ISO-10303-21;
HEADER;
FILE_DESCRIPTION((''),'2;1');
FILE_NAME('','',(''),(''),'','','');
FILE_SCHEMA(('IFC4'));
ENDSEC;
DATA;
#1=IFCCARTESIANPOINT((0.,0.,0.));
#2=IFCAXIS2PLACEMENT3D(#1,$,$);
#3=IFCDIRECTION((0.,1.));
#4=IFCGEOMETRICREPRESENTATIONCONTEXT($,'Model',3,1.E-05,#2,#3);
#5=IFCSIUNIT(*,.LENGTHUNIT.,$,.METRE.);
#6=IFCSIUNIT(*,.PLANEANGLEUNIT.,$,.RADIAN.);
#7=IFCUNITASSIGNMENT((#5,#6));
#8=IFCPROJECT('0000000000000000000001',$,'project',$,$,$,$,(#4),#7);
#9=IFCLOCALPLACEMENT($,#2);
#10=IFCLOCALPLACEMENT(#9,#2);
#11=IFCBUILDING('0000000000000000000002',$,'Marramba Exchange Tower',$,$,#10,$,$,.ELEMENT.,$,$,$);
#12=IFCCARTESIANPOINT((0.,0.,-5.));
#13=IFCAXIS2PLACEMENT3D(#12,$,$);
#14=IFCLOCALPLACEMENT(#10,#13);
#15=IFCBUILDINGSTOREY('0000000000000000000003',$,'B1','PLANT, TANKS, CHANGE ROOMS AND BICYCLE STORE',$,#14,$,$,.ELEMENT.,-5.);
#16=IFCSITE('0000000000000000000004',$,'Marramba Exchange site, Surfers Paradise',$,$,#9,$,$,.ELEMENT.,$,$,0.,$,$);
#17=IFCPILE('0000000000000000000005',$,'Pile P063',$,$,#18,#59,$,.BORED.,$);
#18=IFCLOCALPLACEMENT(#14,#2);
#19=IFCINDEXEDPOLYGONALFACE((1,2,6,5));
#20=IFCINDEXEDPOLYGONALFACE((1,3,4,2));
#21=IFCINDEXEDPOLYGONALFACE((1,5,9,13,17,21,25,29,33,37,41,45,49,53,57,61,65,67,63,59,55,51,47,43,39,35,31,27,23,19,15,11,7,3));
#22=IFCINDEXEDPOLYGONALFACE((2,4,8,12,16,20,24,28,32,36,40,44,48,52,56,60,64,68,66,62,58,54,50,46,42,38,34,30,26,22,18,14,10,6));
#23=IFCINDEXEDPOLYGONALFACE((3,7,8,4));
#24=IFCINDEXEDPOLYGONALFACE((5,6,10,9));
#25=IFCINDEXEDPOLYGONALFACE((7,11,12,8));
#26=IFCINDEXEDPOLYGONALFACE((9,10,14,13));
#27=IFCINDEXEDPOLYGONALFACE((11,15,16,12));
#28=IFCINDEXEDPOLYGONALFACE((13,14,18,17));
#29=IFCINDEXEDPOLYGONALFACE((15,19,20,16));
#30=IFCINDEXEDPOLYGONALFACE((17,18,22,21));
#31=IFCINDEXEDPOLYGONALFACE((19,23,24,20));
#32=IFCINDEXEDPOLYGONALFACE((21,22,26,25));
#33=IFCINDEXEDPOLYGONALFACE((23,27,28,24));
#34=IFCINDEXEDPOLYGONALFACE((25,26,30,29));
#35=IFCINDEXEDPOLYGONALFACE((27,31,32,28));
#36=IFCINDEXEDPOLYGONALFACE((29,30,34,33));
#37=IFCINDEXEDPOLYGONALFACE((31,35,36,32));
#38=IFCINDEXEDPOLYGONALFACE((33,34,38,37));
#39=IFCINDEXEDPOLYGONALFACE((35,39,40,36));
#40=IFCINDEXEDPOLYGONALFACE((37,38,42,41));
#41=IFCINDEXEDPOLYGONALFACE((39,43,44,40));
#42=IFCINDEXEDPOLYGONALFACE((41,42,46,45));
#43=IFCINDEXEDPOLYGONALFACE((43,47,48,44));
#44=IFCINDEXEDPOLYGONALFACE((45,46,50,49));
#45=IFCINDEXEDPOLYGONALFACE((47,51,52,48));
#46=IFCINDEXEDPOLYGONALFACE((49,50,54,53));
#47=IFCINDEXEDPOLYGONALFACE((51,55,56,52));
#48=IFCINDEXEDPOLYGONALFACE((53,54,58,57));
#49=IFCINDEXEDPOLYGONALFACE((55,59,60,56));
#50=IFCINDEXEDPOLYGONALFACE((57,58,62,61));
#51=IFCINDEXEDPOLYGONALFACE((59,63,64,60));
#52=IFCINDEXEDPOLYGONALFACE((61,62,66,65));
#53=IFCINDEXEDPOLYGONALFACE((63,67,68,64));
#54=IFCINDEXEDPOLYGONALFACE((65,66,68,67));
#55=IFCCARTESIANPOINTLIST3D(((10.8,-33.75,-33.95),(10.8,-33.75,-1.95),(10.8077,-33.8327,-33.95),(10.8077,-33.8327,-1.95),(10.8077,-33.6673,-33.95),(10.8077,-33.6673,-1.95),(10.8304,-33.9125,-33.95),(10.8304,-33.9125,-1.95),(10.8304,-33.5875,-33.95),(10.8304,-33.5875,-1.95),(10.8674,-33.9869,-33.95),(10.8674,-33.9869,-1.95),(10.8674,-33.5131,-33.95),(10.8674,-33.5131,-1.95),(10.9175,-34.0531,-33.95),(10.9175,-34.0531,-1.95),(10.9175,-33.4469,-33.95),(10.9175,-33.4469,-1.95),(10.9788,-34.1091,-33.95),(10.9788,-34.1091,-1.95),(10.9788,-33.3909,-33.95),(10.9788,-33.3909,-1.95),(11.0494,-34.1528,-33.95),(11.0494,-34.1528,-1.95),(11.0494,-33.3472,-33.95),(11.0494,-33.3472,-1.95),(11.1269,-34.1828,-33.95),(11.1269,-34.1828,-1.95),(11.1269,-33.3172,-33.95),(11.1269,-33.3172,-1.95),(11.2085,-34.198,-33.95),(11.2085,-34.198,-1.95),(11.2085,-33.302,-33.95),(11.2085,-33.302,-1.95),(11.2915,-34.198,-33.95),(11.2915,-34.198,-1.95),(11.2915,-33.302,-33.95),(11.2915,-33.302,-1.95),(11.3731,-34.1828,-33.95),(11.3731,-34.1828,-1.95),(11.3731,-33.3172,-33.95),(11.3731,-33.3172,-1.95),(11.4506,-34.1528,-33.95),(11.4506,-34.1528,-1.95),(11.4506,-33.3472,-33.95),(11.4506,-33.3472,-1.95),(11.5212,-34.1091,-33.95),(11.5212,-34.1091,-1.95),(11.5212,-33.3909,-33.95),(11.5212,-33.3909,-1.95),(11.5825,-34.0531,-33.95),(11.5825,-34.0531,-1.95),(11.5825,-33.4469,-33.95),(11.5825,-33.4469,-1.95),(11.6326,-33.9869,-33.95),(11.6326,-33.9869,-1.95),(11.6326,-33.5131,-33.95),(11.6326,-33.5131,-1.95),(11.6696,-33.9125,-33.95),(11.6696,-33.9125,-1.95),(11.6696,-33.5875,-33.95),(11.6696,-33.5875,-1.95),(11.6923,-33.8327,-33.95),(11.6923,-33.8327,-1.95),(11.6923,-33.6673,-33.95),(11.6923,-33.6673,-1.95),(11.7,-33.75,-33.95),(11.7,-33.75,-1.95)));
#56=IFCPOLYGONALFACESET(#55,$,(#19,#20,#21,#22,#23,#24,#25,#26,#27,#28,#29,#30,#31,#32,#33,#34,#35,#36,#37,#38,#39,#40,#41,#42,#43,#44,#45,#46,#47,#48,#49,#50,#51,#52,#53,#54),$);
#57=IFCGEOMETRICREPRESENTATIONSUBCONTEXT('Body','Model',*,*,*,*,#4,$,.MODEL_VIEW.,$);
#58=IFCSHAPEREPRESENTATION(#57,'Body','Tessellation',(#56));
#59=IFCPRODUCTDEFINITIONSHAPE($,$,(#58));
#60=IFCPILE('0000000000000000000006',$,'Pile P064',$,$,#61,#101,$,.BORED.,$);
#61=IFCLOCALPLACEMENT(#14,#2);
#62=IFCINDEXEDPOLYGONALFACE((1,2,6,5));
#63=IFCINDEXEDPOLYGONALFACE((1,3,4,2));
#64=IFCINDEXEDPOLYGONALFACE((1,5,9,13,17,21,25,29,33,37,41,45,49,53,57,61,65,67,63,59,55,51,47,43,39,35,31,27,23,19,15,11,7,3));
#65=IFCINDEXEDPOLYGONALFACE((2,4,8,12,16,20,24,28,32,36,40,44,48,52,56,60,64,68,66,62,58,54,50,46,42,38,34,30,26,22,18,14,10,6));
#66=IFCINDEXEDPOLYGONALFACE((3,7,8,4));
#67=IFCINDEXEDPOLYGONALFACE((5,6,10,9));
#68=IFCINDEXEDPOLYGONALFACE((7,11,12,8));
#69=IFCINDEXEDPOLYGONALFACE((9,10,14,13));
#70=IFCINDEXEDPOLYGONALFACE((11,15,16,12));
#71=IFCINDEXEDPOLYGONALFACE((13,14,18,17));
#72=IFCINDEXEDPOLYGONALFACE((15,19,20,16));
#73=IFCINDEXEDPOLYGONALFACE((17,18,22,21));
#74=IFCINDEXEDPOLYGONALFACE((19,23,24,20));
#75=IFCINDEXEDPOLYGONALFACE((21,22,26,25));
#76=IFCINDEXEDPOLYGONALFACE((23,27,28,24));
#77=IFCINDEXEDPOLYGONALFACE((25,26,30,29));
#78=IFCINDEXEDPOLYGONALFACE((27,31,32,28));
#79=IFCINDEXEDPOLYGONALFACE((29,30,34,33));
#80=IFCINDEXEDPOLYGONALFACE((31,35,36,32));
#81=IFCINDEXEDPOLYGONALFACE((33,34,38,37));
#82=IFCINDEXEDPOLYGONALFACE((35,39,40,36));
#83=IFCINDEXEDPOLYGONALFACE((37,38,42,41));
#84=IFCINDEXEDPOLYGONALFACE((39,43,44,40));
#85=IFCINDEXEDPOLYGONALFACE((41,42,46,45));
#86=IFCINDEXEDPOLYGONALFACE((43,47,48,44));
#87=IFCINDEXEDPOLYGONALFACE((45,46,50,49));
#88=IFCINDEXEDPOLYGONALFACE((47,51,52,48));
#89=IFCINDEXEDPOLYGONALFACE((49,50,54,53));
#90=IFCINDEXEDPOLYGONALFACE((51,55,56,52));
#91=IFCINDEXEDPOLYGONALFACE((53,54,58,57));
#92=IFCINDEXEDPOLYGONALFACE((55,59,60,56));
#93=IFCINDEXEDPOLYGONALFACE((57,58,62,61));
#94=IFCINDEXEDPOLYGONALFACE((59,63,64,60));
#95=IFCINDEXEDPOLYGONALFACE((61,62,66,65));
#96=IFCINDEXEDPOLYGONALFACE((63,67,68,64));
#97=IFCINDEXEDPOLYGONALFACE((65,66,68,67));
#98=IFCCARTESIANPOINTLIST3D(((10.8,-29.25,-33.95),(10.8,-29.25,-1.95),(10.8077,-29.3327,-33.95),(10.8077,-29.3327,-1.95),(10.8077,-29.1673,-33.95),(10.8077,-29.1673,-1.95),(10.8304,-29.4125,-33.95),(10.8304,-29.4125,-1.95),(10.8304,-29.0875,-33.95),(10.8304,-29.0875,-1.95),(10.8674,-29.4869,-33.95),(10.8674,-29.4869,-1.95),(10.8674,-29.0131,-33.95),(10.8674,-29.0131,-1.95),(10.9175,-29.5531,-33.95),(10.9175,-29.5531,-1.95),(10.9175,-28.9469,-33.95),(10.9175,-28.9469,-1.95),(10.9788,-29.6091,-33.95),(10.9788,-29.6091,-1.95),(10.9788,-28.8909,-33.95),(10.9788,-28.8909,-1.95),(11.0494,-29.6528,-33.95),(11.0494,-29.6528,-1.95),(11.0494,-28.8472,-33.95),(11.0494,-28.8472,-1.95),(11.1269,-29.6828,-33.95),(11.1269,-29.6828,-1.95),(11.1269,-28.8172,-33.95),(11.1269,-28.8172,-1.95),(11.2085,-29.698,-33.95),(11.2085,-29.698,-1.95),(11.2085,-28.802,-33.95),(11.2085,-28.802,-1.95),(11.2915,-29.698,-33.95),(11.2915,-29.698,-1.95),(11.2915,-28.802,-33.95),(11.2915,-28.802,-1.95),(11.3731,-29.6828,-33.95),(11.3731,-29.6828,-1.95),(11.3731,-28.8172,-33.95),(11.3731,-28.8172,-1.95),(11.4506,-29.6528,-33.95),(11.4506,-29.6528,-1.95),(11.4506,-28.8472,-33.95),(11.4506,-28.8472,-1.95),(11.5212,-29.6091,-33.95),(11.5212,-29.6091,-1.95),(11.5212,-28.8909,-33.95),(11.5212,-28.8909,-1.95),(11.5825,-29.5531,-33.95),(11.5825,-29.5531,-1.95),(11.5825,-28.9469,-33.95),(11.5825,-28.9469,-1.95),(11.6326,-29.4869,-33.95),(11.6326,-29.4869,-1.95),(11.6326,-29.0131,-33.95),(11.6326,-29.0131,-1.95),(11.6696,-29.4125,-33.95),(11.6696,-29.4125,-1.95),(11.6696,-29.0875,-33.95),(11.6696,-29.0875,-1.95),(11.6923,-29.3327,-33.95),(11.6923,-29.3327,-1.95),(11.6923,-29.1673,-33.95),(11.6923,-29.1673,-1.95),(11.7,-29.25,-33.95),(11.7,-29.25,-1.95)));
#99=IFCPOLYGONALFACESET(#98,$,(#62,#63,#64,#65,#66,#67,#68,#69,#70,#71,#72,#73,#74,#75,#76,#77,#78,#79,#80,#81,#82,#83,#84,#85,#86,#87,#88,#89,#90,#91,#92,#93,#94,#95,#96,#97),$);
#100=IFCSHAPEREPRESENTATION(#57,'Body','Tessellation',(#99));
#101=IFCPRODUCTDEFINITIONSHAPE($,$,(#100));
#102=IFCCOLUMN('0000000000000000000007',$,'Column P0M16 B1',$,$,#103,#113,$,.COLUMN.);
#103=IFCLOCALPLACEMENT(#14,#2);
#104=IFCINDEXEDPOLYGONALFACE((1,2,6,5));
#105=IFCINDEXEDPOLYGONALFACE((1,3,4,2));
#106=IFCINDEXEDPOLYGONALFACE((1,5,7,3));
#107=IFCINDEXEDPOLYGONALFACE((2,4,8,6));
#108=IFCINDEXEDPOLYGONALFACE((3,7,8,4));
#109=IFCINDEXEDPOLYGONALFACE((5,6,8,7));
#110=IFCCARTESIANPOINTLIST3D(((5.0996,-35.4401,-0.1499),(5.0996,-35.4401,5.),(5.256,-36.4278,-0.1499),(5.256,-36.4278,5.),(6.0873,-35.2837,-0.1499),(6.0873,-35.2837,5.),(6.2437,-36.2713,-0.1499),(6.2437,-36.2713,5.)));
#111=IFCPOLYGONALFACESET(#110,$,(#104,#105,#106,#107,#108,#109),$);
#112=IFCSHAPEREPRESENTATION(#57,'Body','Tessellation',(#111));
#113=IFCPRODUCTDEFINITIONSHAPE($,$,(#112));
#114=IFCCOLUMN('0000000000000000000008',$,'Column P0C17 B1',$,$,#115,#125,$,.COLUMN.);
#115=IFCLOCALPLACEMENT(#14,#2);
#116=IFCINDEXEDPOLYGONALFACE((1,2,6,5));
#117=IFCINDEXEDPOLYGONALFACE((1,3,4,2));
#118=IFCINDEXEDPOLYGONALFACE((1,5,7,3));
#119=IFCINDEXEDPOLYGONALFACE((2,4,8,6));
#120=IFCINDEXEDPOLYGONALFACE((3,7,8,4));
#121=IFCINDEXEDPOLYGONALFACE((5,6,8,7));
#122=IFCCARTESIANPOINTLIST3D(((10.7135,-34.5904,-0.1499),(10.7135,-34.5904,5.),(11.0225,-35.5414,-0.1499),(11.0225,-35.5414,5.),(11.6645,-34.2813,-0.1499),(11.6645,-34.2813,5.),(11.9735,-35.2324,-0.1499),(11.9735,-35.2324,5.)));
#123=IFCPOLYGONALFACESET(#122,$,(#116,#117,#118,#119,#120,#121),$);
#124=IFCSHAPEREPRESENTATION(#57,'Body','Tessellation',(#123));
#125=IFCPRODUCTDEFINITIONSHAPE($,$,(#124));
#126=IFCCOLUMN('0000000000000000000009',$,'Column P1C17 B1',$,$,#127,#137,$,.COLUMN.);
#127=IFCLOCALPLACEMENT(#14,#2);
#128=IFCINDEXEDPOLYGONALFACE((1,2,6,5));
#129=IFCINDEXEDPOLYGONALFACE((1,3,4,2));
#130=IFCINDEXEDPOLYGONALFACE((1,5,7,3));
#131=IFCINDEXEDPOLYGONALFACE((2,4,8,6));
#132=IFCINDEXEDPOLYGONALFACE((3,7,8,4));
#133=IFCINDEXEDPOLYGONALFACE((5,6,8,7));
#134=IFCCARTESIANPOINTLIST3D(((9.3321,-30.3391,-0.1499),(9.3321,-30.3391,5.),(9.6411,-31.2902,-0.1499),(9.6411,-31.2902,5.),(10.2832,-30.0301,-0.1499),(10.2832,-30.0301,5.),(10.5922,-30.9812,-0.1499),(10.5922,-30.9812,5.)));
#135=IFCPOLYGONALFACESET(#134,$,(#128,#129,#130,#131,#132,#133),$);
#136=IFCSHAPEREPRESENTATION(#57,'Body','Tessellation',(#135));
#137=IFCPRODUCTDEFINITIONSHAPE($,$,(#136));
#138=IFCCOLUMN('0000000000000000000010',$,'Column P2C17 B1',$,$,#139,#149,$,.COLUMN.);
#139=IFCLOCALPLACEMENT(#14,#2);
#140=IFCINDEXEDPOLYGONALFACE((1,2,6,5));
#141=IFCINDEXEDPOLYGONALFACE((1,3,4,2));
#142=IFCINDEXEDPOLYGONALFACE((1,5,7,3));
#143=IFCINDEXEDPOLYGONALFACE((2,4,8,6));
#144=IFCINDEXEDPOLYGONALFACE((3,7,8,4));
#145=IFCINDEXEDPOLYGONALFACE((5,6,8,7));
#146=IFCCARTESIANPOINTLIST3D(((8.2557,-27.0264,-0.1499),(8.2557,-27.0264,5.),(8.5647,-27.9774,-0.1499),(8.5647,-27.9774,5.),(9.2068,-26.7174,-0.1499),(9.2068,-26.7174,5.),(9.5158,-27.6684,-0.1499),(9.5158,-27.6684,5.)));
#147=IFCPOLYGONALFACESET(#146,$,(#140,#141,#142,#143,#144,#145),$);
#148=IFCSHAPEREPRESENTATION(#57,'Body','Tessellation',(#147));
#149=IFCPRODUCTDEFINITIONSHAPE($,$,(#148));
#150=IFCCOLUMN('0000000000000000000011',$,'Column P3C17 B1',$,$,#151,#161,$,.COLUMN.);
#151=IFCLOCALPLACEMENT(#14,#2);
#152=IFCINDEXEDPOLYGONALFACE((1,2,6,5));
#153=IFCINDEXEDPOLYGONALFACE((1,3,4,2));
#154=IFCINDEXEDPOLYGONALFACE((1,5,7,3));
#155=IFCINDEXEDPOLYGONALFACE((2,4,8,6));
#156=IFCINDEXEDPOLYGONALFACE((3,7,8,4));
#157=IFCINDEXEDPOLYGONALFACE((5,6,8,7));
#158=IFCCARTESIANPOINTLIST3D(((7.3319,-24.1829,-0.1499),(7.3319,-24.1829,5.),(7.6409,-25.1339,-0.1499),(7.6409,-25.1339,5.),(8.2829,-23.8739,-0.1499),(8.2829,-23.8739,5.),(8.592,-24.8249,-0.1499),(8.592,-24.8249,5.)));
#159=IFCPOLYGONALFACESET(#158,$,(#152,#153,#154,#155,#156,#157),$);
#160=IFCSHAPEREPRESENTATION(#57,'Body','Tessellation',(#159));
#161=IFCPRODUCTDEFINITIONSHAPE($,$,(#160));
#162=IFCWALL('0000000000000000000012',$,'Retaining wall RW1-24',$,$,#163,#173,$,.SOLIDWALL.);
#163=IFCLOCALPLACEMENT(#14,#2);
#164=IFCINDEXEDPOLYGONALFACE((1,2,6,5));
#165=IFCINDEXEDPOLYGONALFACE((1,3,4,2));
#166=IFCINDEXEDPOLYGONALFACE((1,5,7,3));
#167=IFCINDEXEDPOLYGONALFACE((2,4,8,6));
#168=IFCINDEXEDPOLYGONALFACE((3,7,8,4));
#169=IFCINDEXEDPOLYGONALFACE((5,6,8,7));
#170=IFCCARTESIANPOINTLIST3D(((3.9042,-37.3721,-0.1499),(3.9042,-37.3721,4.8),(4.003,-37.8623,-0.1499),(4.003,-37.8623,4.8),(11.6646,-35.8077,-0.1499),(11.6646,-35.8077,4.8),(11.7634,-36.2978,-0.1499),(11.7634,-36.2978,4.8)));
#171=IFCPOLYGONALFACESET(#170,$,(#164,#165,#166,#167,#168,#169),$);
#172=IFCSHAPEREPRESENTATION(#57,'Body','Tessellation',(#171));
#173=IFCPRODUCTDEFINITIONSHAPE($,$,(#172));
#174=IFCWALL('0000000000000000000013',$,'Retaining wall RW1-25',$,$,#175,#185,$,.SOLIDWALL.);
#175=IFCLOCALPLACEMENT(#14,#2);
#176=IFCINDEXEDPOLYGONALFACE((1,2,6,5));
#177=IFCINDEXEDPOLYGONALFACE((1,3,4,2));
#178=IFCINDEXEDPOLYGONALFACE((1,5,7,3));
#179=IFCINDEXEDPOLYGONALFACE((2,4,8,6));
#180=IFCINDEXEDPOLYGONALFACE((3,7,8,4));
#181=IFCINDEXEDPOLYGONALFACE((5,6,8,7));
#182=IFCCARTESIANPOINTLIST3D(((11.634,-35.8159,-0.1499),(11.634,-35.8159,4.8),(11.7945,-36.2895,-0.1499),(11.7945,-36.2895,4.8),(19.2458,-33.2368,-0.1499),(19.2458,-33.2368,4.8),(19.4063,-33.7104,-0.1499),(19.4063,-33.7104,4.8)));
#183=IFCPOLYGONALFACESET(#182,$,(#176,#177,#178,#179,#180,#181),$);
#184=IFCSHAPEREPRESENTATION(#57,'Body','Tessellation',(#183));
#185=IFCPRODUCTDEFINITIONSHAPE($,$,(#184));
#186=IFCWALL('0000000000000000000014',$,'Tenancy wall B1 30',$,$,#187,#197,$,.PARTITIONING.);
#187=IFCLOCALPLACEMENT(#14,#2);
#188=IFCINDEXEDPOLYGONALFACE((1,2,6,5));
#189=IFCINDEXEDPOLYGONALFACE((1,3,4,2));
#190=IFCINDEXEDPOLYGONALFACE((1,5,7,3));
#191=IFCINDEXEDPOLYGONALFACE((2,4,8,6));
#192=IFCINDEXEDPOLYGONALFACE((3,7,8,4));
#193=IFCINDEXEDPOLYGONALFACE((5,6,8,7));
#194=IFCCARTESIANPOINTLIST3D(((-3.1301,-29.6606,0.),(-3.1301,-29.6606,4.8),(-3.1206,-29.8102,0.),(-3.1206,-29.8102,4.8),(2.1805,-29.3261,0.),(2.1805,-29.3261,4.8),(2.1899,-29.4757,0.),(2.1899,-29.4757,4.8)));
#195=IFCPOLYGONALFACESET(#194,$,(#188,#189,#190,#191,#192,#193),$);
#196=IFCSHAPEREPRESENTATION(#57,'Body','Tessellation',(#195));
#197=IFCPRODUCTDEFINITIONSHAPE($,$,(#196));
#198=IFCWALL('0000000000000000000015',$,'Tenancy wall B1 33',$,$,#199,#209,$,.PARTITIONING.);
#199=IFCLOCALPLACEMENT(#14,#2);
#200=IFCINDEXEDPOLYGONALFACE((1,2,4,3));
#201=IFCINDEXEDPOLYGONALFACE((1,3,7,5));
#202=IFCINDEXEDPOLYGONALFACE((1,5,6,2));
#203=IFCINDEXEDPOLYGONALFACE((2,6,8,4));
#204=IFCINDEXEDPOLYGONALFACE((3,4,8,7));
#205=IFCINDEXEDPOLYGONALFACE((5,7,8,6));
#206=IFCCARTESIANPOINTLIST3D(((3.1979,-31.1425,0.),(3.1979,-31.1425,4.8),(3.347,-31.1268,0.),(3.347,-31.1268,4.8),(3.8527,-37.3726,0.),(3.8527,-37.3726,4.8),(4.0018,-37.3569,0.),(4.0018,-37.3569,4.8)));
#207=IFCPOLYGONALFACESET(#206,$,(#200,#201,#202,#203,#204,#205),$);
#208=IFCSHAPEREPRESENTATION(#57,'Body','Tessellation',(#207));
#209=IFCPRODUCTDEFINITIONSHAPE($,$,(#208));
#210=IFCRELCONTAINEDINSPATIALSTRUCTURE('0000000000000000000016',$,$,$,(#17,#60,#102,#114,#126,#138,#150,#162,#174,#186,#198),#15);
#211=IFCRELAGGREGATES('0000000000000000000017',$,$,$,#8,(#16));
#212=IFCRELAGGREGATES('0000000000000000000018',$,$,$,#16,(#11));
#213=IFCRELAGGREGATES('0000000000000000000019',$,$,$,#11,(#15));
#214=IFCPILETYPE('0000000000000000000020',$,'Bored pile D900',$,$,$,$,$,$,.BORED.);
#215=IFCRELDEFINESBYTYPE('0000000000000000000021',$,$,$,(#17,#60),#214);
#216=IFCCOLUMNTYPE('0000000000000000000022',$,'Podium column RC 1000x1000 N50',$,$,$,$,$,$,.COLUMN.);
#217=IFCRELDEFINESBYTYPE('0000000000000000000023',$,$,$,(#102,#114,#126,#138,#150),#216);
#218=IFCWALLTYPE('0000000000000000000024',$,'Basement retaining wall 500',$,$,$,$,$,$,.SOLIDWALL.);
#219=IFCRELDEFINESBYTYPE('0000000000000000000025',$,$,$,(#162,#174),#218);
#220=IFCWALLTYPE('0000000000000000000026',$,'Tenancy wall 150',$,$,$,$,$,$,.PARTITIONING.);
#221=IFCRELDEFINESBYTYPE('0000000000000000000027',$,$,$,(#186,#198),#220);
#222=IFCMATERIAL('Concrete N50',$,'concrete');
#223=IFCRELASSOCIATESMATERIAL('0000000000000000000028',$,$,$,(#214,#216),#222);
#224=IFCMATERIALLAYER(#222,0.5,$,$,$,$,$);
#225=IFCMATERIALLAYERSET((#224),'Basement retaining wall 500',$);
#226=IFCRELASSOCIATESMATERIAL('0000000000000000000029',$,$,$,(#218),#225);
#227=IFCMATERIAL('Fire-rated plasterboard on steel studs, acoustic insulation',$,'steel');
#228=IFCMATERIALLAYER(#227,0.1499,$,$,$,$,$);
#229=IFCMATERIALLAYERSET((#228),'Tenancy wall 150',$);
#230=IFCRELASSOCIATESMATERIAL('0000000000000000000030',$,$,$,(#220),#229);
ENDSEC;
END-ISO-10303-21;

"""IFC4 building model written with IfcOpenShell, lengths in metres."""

from ifc_helpers import new_model, si_unit, direction, frame, frame_2d, origin, origin_2d, place, context, subcontext, project, spatial, rectangle, circle, extrude, material, layer, layer_set, material_profile, profile_set, type_object, element, save


model = new_model("IFC4")

# Units and contexts
model_context = context("Model", 3, precision=1e-05, world=origin(), true_north=direction((0.0, 1.0)))
body_context = subcontext(model_context, "Body", "Model", "MODEL_VIEW")
ifc_project = project(units=[si_unit("LENGTHUNIT", "METRE"), si_unit("PLANEANGLEUNIT", "RADIAN")], contexts=[model_context])

# Site, building, storey
site_placement = place(None, origin())
site = spatial("IfcSite", under=ifc_project, at=site_placement, Name="Marramba Exchange site, Surfers Paradise", CompositionType="ELEMENT", RefElevation=0.0)
building_placement = place(site_placement, origin())
building = spatial("IfcBuilding", under=site, at=building_placement, Name="Marramba Exchange Tower", CompositionType="ELEMENT")
storey_placement = place(building_placement, frame((0.0, 0.0, -5.0)))
storey = spatial("IfcBuildingStorey", under=building, at=storey_placement, Name="B1", Description="PLANT, TANKS, CHANGE ROOMS AND BICYCLE STORE", CompositionType="ELEMENT", Elevation=-5.0)

# Piles
ifc_material_1 = material(Name="Concrete N50", Category="concrete")
ifc_material_profile_1 = material_profile(ifc_material_1, circle(Radius=0.45, at=origin_2d()), Name="BP D900")
ifc_profile_set_1 = profile_set([ifc_material_profile_1], Name="Concrete N50")
pile_type = type_object("IfcPileType", Name="Bored pile D900", PredefinedType="BORED", material=ifc_profile_set_1)
for number, where, z_axis, x_axis, name in (
    (1, (11.25, -33.75, -1.95), (0.0, 0.0, -1.0), (1.0, 0.0, 0.0), "Pile P063"),
    (2, (11.25, -29.25, -1.95), (0.0, 0.0, -1.0), (1.0, 0.0, 0.0), "Pile P064"),
):
    element("IfcPile", number, at=place(storey_placement, frame(where, z_axis=z_axis, x_axis=x_axis)), inside=storey, type_object=pile_type, Name=name, PredefinedType="BORED", context=body_context, shape_type="SweptSolid", body=[
        extrude(circle(Radius=0.45, at=origin_2d()), origin(), (0.0, 0.0, 1.0), 32.0),
    ])

# Columns
ifc_material_profile_2 = material_profile(ifc_material_1, rectangle(XDim=1.0, YDim=1.0, at=origin_2d()), Name="RC 1000x1000")
ifc_profile_set_2 = profile_set([ifc_material_profile_2], Name="Concrete N50")
column_type = type_object("IfcColumnType", Name="Podium column RC 1000x1000 N50", PredefinedType="COLUMN", material=ifc_profile_set_2)
for number, where, z_axis, x_axis, name in (
    (3, (5.6716, -35.8557, -0.1499), (0.0, 0.0, 1.0), (0.156434, -0.987688, 0.0), "Column P0M16 B1"),
    (4, (11.3435, -34.9114, -0.1499), (0.0, 0.0, 1.0), (0.309017, -0.951057, 0.0), "Column P0C17 B1"),
    (5, (9.9622, -30.6602, -0.1499), (0.0, 0.0, 1.0), (0.309017, -0.951057, 0.0), "Column P1C17 B1"),
    (6, (8.8857, -27.3474, -0.1499), (0.0, 0.0, 1.0), (0.309017, -0.951057, 0.0), "Column P2C17 B1"),
    (7, (7.9619, -24.5039, -0.1499), (0.0, 0.0, 1.0), (0.309017, -0.951057, 0.0), "Column P3C17 B1"),
):
    element("IfcColumn", number, at=place(storey_placement, frame(where, z_axis=z_axis, x_axis=x_axis)), inside=storey, type_object=column_type, Name=name, PredefinedType="COLUMN", context=body_context, shape_type="SweptSolid", body=[
        extrude(rectangle(XDim=1.0, YDim=1.0, at=origin_2d()), origin(), (0.0, 0.0, 1.0), 5.1499),
    ])

# Walls
ifc_layer_1 = layer(ifc_material_1, 0.5)
ifc_layer_set_1 = layer_set([ifc_layer_1], Name="Basement retaining wall 500")
wall_type_1 = type_object("IfcWallType", Name="Basement retaining wall 500", PredefinedType="SOLIDWALL", material=ifc_layer_set_1)
wall_1_placement = place(storey_placement, frame((3.9536, -37.6172, -0.1499), z_axis=(0.0, 0.0, 1.0), x_axis=(0.980279, 0.197616, 0.0)))
element("IfcWall", 8, at=wall_1_placement, inside=storey, type_object=wall_type_1, Name="Retaining wall RW1-24", PredefinedType="SOLIDWALL", context=body_context, shape_type="SweptSolid", body=[
    extrude(rectangle(XDim=7.9165, YDim=0.5, at=frame_2d((3.9583, 0.0))), origin(), (0.0, 0.0, 1.0), 4.95),
])
wall_2_placement = place(storey_placement, frame((11.7141, -36.0527, -0.1499), z_axis=(0.0, 0.0, 1.0), x_axis=(0.94711, 0.320908, 0.0)))
element("IfcWall", 9, at=wall_2_placement, inside=storey, type_object=wall_type_1, Name="Retaining wall RW1-25", PredefinedType="SOLIDWALL", context=body_context, shape_type="SweptSolid", body=[
    extrude(rectangle(XDim=8.0369, YDim=0.5, at=frame_2d((4.0186, 0.0))), origin(), (0.0, 0.0, 1.0), 4.95),
])
ifc_material_2 = material(Name="Fire-rated plasterboard on steel studs, acoustic insulation", Category="steel")
ifc_layer_2 = layer(ifc_material_2, 0.1499)
ifc_layer_set_2 = layer_set([ifc_layer_2], Name="Tenancy wall 150")
wall_type_2 = type_object("IfcWallType", Name="Tenancy wall 150", PredefinedType="PARTITIONING", material=ifc_layer_set_2)
wall_3_placement = place(storey_placement, frame((2.1853, -29.4009, 0.0), z_axis=(0.0, 0.0, 1.0), x_axis=(-0.998022, -0.062858, 0.0)))
element("IfcWall", 10, at=wall_3_placement, inside=storey, type_object=wall_type_2, Name="Tenancy wall B1 30", PredefinedType="PARTITIONING", context=body_context, shape_type="SweptSolid", body=[
    extrude(rectangle(XDim=5.321, YDim=0.1499, at=frame_2d((2.6606, 0.0))), origin(), (0.0, 0.0, 1.0), 4.8),
])
wall_4_placement = place(storey_placement, frame((3.2725, -31.1345, 0.0), z_axis=(0.0, 0.0, 1.0), x_axis=(0.104527, -0.994522, 0.0)))
element("IfcWall", 11, at=wall_4_placement, inside=storey, type_object=wall_type_2, Name="Tenancy wall B1 33", PredefinedType="PARTITIONING", context=body_context, shape_type="SweptSolid", body=[
    extrude(rectangle(XDim=6.2644, YDim=0.1499, at=frame_2d((3.1323, 0.0))), origin(), (0.0, 0.0, 1.0), 4.8),
])

save(model, "model.ifc")
